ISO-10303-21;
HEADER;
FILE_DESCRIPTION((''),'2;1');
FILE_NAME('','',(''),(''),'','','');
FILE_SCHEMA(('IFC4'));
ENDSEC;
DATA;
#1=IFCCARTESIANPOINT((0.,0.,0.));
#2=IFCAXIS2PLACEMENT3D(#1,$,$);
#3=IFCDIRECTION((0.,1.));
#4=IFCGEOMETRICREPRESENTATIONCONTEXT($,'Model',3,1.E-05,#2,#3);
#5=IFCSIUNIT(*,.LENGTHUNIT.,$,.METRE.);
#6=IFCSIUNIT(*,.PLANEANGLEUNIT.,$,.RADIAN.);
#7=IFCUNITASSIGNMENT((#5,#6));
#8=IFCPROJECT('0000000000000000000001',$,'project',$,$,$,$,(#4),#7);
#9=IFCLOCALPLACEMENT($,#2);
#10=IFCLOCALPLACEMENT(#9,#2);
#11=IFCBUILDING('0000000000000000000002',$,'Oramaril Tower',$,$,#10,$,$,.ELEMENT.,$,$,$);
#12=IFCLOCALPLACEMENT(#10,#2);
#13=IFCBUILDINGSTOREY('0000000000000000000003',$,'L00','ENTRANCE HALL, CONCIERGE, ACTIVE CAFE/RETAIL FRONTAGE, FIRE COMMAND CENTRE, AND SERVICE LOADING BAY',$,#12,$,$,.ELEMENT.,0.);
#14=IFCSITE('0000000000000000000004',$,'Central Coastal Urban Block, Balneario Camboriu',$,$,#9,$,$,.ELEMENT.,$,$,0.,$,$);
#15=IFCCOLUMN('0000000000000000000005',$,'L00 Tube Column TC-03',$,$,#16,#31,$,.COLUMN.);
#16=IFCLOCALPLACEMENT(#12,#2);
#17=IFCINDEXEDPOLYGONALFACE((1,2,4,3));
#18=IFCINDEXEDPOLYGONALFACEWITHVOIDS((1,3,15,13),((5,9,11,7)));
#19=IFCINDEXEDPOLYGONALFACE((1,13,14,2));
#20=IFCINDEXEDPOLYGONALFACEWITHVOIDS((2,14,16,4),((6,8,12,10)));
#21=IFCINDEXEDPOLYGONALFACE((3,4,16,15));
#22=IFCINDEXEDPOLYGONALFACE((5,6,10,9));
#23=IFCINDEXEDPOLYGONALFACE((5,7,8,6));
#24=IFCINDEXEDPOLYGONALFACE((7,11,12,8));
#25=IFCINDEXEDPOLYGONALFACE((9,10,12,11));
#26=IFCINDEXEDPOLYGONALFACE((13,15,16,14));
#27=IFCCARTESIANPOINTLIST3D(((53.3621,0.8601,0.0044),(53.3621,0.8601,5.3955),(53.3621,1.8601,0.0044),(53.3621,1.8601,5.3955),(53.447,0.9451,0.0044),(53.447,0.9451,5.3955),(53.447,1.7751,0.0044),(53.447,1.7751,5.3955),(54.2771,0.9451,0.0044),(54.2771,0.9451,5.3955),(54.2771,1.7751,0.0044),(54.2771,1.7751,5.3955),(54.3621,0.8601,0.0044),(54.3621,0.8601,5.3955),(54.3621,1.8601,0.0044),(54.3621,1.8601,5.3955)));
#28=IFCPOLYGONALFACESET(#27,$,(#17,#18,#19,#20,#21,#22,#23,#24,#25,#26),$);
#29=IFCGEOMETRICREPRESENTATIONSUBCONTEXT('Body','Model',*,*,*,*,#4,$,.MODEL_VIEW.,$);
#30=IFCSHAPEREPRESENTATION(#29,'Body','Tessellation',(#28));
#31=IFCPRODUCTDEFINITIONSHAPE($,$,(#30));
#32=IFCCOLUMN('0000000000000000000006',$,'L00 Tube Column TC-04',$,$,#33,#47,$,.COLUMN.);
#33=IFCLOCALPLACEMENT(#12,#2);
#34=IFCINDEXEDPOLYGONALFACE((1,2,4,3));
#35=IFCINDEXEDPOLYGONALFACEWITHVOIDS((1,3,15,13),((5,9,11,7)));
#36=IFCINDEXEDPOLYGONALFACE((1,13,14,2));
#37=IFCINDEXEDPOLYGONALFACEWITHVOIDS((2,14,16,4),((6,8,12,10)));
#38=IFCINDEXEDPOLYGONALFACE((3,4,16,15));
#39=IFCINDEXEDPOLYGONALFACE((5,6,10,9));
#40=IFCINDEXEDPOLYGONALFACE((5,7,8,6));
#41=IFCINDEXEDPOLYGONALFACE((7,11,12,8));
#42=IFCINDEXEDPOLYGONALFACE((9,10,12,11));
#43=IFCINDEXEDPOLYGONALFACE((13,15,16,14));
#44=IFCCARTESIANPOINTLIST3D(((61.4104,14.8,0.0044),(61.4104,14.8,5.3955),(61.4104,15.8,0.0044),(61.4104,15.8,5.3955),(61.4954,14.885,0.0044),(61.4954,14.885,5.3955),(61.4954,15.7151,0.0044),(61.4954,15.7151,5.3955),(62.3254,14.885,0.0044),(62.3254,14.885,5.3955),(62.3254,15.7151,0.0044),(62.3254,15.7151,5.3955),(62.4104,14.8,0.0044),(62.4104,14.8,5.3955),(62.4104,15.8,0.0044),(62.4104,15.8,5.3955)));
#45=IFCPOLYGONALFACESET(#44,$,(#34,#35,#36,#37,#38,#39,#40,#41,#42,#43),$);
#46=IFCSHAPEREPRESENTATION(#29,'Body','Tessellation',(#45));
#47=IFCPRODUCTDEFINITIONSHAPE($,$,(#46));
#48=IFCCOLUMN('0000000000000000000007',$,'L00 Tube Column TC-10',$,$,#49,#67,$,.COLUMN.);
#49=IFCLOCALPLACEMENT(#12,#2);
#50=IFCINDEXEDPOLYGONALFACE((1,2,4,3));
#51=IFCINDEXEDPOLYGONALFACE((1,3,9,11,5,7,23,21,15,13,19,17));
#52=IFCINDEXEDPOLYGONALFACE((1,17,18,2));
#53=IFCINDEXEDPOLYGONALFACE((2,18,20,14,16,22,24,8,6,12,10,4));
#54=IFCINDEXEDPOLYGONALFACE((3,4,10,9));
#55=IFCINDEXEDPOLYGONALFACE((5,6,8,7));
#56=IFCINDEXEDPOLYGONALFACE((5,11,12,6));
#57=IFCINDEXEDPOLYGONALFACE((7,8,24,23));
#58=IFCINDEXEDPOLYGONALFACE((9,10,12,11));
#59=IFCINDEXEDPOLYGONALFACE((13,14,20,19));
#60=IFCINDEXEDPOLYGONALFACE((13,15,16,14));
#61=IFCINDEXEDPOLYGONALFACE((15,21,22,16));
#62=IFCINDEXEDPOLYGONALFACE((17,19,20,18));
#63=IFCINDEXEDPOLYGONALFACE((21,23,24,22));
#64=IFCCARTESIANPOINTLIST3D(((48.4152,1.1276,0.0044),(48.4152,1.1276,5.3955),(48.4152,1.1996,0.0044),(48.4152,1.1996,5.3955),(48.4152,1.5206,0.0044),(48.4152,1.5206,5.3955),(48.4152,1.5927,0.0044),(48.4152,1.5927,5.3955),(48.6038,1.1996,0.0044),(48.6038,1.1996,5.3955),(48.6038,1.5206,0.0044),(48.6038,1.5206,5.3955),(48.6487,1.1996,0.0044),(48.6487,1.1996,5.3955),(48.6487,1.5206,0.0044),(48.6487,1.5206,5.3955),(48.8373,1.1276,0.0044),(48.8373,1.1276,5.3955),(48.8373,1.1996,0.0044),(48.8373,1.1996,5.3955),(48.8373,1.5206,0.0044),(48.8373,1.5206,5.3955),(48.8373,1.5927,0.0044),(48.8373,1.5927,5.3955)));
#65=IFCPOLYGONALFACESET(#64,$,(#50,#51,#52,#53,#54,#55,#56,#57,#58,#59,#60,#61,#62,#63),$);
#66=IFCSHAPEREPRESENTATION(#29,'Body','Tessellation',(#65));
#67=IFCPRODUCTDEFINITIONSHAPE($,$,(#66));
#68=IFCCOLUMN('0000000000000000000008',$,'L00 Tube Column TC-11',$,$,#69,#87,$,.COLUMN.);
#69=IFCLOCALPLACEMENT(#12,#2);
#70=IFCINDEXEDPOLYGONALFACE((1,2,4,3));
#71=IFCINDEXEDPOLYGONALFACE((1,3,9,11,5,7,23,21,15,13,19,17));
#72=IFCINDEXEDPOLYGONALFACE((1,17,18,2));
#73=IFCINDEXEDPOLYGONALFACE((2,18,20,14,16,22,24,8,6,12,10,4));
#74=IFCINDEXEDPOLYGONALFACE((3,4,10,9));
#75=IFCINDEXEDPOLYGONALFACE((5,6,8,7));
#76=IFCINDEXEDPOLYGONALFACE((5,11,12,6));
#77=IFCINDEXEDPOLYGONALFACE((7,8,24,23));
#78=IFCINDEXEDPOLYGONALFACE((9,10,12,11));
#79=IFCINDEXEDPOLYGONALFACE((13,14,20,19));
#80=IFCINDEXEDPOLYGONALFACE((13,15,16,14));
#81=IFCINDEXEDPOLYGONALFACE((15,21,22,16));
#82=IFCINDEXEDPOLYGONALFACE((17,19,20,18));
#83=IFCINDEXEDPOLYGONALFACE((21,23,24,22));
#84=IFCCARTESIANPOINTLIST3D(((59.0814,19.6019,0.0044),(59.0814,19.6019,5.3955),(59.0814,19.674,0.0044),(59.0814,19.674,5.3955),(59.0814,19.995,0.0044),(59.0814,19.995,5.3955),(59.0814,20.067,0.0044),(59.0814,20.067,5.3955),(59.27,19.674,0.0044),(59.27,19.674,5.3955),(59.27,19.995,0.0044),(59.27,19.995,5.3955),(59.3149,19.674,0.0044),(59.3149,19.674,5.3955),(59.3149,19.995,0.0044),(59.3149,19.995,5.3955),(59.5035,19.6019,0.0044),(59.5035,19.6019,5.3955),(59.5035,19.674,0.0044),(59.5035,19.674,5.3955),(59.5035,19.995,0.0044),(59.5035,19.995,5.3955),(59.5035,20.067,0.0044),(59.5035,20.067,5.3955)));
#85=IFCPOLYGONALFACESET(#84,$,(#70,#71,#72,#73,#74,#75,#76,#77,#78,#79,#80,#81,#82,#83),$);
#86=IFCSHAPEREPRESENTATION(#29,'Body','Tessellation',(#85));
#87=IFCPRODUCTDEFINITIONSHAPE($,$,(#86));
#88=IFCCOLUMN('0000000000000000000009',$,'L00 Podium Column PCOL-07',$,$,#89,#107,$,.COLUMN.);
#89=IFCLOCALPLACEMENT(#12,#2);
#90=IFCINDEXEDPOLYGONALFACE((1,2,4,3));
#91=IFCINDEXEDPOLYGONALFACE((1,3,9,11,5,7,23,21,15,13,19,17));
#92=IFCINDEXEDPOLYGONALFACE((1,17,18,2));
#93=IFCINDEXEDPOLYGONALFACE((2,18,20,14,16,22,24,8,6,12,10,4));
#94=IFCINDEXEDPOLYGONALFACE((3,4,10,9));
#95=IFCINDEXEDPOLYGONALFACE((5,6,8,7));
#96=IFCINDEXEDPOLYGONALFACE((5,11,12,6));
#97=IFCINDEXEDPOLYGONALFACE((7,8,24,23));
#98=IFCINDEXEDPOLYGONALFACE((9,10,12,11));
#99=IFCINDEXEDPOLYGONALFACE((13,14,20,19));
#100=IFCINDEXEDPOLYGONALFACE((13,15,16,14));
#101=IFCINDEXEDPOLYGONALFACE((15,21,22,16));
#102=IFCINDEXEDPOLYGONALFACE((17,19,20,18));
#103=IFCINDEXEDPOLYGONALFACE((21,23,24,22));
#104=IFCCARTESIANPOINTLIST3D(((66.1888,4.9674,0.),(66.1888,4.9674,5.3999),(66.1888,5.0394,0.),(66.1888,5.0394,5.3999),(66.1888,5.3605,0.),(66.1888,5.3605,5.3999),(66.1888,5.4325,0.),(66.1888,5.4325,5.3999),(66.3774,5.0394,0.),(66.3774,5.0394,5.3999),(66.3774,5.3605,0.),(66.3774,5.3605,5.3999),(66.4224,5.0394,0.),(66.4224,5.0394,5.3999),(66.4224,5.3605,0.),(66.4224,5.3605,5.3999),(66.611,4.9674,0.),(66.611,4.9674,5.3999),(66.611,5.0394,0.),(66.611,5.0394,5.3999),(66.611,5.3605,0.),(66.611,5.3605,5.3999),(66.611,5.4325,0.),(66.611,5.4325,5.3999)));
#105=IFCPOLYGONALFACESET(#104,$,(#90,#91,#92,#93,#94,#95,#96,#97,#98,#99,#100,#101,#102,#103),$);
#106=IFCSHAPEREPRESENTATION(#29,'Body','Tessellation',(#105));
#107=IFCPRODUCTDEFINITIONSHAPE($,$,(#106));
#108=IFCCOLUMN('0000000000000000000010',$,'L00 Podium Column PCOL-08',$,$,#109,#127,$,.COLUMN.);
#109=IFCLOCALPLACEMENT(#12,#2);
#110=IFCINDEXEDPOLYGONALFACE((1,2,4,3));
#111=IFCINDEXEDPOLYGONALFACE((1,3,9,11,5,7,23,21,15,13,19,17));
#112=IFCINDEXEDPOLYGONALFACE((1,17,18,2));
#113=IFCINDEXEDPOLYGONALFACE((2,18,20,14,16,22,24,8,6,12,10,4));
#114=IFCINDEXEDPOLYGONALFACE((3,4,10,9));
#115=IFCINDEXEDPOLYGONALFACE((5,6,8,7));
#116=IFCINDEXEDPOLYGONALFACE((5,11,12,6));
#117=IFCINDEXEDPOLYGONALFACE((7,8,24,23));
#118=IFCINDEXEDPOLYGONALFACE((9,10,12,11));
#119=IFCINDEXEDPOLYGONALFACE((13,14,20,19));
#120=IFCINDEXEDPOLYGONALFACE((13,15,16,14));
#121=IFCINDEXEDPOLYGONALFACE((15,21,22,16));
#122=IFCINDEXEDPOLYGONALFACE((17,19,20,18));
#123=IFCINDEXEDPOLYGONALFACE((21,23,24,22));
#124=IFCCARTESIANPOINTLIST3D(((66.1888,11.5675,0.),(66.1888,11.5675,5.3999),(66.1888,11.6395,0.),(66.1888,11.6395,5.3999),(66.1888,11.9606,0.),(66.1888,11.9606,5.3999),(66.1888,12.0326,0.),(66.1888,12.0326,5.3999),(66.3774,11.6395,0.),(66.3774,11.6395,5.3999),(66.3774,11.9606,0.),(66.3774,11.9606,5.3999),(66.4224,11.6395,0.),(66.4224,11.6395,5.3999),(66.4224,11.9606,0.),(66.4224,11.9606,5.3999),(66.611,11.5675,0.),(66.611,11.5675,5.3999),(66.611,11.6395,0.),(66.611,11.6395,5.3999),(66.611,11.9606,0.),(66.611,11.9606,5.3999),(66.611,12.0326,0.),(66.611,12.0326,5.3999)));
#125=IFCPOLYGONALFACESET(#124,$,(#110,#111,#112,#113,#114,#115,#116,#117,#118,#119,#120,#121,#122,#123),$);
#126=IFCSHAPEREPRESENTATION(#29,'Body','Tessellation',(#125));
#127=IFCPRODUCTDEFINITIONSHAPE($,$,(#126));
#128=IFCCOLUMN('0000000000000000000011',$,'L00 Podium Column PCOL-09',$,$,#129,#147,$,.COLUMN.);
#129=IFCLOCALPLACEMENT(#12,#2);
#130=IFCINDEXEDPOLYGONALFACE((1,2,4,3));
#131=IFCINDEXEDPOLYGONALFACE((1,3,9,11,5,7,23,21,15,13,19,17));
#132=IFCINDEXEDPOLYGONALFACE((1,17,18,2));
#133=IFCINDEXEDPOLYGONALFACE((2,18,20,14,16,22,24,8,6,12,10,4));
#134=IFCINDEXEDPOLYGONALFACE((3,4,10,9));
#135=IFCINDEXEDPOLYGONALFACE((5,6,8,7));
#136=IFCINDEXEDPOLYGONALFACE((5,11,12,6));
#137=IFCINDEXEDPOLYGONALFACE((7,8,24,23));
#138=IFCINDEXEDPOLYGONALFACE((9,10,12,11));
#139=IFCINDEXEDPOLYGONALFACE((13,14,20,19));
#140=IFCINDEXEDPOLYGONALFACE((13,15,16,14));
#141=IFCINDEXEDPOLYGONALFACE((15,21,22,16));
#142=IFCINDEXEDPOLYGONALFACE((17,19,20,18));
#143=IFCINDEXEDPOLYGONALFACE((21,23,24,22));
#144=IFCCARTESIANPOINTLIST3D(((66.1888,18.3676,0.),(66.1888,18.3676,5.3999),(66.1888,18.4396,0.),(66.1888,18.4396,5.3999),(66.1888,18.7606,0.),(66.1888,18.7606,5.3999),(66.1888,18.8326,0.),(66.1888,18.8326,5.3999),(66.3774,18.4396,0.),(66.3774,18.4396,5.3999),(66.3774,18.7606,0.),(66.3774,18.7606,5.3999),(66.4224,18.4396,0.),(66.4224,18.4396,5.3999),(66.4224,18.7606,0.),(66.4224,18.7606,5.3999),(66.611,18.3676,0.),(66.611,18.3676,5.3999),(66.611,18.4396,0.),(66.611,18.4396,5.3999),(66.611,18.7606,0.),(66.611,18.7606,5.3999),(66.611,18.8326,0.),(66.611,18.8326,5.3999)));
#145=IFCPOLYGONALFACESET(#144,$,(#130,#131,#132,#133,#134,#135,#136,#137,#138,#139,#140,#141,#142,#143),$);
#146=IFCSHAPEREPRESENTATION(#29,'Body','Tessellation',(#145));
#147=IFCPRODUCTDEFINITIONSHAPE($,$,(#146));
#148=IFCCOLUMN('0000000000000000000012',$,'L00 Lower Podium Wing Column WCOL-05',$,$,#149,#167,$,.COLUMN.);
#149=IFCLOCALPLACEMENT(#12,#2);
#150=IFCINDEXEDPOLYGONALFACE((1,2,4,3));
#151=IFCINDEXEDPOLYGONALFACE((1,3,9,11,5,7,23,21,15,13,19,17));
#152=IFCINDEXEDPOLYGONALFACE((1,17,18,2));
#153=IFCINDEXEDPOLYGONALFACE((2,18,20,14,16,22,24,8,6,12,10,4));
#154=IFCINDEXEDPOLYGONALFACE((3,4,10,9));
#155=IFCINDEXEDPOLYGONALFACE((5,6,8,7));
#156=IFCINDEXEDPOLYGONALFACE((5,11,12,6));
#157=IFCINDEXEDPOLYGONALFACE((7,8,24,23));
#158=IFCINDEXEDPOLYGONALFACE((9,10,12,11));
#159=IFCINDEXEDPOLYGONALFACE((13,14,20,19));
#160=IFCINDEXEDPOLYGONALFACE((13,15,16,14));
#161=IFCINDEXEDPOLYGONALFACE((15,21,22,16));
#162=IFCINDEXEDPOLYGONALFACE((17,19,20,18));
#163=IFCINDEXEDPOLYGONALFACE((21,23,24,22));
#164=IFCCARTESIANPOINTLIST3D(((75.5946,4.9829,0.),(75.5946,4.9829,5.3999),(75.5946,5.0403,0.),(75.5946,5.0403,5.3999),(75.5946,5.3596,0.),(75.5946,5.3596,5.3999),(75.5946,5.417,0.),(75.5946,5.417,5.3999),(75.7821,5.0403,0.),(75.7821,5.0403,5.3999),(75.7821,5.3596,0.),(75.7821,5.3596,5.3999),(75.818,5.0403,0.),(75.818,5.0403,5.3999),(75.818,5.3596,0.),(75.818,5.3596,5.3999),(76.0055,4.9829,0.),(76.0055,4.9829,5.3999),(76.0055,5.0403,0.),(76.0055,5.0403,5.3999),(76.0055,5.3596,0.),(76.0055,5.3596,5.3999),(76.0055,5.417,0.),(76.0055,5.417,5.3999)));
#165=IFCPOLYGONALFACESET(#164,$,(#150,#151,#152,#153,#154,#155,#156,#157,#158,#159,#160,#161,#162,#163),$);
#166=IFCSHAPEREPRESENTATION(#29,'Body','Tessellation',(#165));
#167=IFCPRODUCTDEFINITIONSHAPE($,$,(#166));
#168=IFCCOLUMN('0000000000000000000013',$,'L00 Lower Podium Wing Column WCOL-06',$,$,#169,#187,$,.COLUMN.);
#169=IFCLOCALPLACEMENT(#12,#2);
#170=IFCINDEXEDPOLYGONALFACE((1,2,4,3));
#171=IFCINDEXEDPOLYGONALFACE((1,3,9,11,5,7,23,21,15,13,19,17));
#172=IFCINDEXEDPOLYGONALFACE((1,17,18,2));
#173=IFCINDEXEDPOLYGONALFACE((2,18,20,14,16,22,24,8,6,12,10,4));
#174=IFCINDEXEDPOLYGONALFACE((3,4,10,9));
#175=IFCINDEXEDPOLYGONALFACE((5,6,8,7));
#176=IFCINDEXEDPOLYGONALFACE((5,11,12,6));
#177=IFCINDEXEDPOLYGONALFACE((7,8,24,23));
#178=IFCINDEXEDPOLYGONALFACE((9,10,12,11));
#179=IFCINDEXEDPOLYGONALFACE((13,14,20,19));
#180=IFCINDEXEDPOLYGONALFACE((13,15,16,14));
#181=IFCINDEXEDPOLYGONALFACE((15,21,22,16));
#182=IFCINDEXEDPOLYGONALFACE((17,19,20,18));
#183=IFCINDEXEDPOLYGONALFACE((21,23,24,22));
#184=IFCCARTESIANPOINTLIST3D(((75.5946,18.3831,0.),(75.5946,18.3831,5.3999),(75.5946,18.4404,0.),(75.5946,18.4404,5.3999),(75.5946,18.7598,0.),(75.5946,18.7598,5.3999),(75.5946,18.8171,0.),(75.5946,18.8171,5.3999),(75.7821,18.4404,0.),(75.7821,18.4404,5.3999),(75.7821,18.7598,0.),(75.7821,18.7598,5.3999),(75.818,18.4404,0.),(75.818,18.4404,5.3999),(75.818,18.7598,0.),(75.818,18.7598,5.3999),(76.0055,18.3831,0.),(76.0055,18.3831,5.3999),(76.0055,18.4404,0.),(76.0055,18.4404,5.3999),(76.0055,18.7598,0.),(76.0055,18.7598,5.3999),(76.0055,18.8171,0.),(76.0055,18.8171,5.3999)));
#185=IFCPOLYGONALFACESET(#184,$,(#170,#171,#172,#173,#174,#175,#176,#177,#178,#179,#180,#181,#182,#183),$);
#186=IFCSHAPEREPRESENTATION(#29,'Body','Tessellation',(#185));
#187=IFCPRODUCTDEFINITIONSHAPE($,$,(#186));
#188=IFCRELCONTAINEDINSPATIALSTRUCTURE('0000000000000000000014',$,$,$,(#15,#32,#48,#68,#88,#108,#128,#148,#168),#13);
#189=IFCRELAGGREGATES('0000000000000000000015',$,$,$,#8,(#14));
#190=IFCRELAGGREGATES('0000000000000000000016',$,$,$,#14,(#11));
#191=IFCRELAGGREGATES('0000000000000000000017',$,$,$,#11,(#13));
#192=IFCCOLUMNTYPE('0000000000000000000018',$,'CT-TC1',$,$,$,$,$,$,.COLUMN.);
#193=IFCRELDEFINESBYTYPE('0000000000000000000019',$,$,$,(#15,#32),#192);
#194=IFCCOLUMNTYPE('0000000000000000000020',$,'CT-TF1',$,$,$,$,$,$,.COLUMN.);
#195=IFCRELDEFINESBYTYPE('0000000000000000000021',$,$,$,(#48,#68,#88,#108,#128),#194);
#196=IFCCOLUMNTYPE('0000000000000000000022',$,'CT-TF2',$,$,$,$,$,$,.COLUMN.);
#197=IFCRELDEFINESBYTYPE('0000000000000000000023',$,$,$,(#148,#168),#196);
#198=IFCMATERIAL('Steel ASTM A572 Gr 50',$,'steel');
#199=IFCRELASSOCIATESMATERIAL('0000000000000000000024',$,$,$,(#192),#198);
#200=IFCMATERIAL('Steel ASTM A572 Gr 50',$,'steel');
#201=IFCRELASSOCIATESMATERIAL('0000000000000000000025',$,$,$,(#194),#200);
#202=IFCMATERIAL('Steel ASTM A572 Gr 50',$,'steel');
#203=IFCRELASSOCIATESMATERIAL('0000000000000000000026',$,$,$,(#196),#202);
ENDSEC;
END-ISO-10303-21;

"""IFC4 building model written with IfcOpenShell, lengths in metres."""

from ifc_helpers import new_model, si_unit, direction, frame, origin, origin_2d, place, context, subcontext, project, spatial, hollow_rectangle, i_section, extrude, material, material_profile, profile_set, type_object, element, save


model = new_model("IFC4")

# Units and contexts
model_context = context("Model", 3, precision=1e-05, world=origin(), true_north=direction((0.0, 1.0)))
body_context = subcontext(model_context, "Body", "Model", "MODEL_VIEW")
ifc_project = project(units=[si_unit("LENGTHUNIT", "METRE"), si_unit("PLANEANGLEUNIT", "RADIAN")], contexts=[model_context])

# Site, building, storey
site_placement = place(None, origin())
site = spatial("IfcSite", under=ifc_project, at=site_placement, Name="Central Coastal Urban Block, Balneario Camboriu", CompositionType="ELEMENT", RefElevation=0.0)
building_placement = place(site_placement, origin())
building = spatial("IfcBuilding", under=site, at=building_placement, Name="Oramaril Tower", CompositionType="ELEMENT")
storey_placement = place(building_placement, origin())
storey = spatial("IfcBuildingStorey", under=building, at=storey_placement, Name="L00", Description="ENTRANCE HALL, CONCIERGE, ACTIVE CAFE/RETAIL FRONTAGE, FIRE COMMAND CENTRE, AND SERVICE LOADING BAY", CompositionType="ELEMENT", Elevation=0.0)

# Columns
ifc_material_1 = material(Name="Steel ASTM A572 Gr 50", Category="steel")
ifc_material_profile_1 = material_profile(ifc_material_1, hollow_rectangle(XDim=1.0, YDim=1.0, WallThickness=0.085, at=origin_2d()), Name="BOX1000X1000X85")
ifc_profile_set_1 = profile_set([ifc_material_profile_1], Name="Steel ASTM A572 Gr 50")
column_type_1 = type_object("IfcColumnType", Name="CT-TC1", PredefinedType="COLUMN", material=ifc_profile_set_1)
for number, where, z_axis, x_axis, name in (
    (1, (53.8621, 1.3601, 0.0044), (0.0, 0.0, 1.0), (1.0, 0.0, 0.0), "L00 Tube Column TC-03"),
    (2, (61.9104, 15.3, 0.0044), (0.0, 0.0, 1.0), (1.0, 0.0, 0.0), "L00 Tube Column TC-04"),
):
    element("IfcColumn", number, at=place(storey_placement, frame(where, z_axis=z_axis, x_axis=x_axis)), inside=storey, type_object=column_type_1, Name=name, PredefinedType="COLUMN", context=body_context, shape_type="SweptSolid", body=[
        extrude(hollow_rectangle(XDim=1.0, YDim=1.0, WallThickness=0.085, at=origin_2d()), origin(), (0.0, 0.0, 1.0), 5.3911),
    ])
ifc_material_2 = material(Name="Steel ASTM A572 Gr 50", Category="steel")
ifc_material_profile_2 = material_profile(ifc_material_2, i_section(OverallWidth=0.4221, OverallDepth=0.4651, WebThickness=0.0449, FlangeThickness=0.072, at=origin_2d()), Name="W14X398")
ifc_profile_set_2 = profile_set([ifc_material_profile_2], Name="Steel ASTM A572 Gr 50")
column_type_2 = type_object("IfcColumnType", Name="CT-TF1", PredefinedType="COLUMN", material=ifc_profile_set_2)
for number, where, z_axis, x_axis, name in (
    (3, (48.6262, 1.3601, 0.0044), (0.0, 0.0, 1.0), (1.0, 0.0, 0.0), "L00 Tube Column TC-10"),
    (4, (59.2925, 19.8345, 0.0044), (0.0, 0.0, 1.0), (1.0, 0.0, 0.0), "L00 Tube Column TC-11"),
):
    element("IfcColumn", number, at=place(storey_placement, frame(where, z_axis=z_axis, x_axis=x_axis)), inside=storey, type_object=column_type_2, Name=name, PredefinedType="COLUMN", context=body_context, shape_type="SweptSolid", body=[
        extrude(i_section(OverallWidth=0.4221, OverallDepth=0.4651, WebThickness=0.0449, FlangeThickness=0.072, at=origin_2d()), origin(), (0.0, 0.0, 1.0), 5.3911),
    ])
for number, where, z_axis, x_axis, name in (
    (5, (66.3999, 5.2, 0.0), (0.0, 0.0, 1.0), (1.0, 0.0, 0.0), "L00 Podium Column PCOL-07"),
    (6, (66.3999, 11.8, 0.0), (0.0, 0.0, 1.0), (1.0, 0.0, 0.0), "L00 Podium Column PCOL-08"),
    (7, (66.3999, 18.6001, 0.0), (0.0, 0.0, 1.0), (1.0, 0.0, 0.0), "L00 Podium Column PCOL-09"),
):
    element("IfcColumn", number, at=place(storey_placement, frame(where, z_axis=z_axis, x_axis=x_axis)), inside=storey, type_object=column_type_2, Name=name, PredefinedType="COLUMN", context=body_context, shape_type="SweptSolid", body=[
        extrude(i_section(OverallWidth=0.4221, OverallDepth=0.4651, WebThickness=0.0449, FlangeThickness=0.072, at=origin_2d()), origin(), (0.0, 0.0, 1.0), 5.3999),
    ])
ifc_material_3 = material(Name="Steel ASTM A572 Gr 50", Category="steel")
ifc_material_profile_3 = material_profile(ifc_material_3, i_section(OverallWidth=0.4109, OverallDepth=0.4341, WebThickness=0.0359, FlangeThickness=0.0574, at=origin_2d()), Name="W14X311")
ifc_profile_set_3 = profile_set([ifc_material_profile_3], Name="Steel ASTM A572 Gr 50")
column_type_3 = type_object("IfcColumnType", Name="CT-TF2", PredefinedType="COLUMN", material=ifc_profile_set_3)
for number, where, z_axis, x_axis, name in (
    (8, (75.8, 5.2, 0.0), (0.0, 0.0, 1.0), (1.0, 0.0, 0.0), "L00 Lower Podium Wing Column WCOL-05"),
    (9, (75.8, 18.6001, 0.0), (0.0, 0.0, 1.0), (1.0, 0.0, 0.0), "L00 Lower Podium Wing Column WCOL-06"),
):
    element("IfcColumn", number, at=place(storey_placement, frame(where, z_axis=z_axis, x_axis=x_axis)), inside=storey, type_object=column_type_3, Name=name, PredefinedType="COLUMN", context=body_context, shape_type="SweptSolid", body=[
        extrude(i_section(OverallWidth=0.4109, OverallDepth=0.4341, WebThickness=0.0359, FlangeThickness=0.0574, at=origin_2d()), origin(), (0.0, 0.0, 1.0), 5.3999),
    ])

save(model, "model.ifc")
